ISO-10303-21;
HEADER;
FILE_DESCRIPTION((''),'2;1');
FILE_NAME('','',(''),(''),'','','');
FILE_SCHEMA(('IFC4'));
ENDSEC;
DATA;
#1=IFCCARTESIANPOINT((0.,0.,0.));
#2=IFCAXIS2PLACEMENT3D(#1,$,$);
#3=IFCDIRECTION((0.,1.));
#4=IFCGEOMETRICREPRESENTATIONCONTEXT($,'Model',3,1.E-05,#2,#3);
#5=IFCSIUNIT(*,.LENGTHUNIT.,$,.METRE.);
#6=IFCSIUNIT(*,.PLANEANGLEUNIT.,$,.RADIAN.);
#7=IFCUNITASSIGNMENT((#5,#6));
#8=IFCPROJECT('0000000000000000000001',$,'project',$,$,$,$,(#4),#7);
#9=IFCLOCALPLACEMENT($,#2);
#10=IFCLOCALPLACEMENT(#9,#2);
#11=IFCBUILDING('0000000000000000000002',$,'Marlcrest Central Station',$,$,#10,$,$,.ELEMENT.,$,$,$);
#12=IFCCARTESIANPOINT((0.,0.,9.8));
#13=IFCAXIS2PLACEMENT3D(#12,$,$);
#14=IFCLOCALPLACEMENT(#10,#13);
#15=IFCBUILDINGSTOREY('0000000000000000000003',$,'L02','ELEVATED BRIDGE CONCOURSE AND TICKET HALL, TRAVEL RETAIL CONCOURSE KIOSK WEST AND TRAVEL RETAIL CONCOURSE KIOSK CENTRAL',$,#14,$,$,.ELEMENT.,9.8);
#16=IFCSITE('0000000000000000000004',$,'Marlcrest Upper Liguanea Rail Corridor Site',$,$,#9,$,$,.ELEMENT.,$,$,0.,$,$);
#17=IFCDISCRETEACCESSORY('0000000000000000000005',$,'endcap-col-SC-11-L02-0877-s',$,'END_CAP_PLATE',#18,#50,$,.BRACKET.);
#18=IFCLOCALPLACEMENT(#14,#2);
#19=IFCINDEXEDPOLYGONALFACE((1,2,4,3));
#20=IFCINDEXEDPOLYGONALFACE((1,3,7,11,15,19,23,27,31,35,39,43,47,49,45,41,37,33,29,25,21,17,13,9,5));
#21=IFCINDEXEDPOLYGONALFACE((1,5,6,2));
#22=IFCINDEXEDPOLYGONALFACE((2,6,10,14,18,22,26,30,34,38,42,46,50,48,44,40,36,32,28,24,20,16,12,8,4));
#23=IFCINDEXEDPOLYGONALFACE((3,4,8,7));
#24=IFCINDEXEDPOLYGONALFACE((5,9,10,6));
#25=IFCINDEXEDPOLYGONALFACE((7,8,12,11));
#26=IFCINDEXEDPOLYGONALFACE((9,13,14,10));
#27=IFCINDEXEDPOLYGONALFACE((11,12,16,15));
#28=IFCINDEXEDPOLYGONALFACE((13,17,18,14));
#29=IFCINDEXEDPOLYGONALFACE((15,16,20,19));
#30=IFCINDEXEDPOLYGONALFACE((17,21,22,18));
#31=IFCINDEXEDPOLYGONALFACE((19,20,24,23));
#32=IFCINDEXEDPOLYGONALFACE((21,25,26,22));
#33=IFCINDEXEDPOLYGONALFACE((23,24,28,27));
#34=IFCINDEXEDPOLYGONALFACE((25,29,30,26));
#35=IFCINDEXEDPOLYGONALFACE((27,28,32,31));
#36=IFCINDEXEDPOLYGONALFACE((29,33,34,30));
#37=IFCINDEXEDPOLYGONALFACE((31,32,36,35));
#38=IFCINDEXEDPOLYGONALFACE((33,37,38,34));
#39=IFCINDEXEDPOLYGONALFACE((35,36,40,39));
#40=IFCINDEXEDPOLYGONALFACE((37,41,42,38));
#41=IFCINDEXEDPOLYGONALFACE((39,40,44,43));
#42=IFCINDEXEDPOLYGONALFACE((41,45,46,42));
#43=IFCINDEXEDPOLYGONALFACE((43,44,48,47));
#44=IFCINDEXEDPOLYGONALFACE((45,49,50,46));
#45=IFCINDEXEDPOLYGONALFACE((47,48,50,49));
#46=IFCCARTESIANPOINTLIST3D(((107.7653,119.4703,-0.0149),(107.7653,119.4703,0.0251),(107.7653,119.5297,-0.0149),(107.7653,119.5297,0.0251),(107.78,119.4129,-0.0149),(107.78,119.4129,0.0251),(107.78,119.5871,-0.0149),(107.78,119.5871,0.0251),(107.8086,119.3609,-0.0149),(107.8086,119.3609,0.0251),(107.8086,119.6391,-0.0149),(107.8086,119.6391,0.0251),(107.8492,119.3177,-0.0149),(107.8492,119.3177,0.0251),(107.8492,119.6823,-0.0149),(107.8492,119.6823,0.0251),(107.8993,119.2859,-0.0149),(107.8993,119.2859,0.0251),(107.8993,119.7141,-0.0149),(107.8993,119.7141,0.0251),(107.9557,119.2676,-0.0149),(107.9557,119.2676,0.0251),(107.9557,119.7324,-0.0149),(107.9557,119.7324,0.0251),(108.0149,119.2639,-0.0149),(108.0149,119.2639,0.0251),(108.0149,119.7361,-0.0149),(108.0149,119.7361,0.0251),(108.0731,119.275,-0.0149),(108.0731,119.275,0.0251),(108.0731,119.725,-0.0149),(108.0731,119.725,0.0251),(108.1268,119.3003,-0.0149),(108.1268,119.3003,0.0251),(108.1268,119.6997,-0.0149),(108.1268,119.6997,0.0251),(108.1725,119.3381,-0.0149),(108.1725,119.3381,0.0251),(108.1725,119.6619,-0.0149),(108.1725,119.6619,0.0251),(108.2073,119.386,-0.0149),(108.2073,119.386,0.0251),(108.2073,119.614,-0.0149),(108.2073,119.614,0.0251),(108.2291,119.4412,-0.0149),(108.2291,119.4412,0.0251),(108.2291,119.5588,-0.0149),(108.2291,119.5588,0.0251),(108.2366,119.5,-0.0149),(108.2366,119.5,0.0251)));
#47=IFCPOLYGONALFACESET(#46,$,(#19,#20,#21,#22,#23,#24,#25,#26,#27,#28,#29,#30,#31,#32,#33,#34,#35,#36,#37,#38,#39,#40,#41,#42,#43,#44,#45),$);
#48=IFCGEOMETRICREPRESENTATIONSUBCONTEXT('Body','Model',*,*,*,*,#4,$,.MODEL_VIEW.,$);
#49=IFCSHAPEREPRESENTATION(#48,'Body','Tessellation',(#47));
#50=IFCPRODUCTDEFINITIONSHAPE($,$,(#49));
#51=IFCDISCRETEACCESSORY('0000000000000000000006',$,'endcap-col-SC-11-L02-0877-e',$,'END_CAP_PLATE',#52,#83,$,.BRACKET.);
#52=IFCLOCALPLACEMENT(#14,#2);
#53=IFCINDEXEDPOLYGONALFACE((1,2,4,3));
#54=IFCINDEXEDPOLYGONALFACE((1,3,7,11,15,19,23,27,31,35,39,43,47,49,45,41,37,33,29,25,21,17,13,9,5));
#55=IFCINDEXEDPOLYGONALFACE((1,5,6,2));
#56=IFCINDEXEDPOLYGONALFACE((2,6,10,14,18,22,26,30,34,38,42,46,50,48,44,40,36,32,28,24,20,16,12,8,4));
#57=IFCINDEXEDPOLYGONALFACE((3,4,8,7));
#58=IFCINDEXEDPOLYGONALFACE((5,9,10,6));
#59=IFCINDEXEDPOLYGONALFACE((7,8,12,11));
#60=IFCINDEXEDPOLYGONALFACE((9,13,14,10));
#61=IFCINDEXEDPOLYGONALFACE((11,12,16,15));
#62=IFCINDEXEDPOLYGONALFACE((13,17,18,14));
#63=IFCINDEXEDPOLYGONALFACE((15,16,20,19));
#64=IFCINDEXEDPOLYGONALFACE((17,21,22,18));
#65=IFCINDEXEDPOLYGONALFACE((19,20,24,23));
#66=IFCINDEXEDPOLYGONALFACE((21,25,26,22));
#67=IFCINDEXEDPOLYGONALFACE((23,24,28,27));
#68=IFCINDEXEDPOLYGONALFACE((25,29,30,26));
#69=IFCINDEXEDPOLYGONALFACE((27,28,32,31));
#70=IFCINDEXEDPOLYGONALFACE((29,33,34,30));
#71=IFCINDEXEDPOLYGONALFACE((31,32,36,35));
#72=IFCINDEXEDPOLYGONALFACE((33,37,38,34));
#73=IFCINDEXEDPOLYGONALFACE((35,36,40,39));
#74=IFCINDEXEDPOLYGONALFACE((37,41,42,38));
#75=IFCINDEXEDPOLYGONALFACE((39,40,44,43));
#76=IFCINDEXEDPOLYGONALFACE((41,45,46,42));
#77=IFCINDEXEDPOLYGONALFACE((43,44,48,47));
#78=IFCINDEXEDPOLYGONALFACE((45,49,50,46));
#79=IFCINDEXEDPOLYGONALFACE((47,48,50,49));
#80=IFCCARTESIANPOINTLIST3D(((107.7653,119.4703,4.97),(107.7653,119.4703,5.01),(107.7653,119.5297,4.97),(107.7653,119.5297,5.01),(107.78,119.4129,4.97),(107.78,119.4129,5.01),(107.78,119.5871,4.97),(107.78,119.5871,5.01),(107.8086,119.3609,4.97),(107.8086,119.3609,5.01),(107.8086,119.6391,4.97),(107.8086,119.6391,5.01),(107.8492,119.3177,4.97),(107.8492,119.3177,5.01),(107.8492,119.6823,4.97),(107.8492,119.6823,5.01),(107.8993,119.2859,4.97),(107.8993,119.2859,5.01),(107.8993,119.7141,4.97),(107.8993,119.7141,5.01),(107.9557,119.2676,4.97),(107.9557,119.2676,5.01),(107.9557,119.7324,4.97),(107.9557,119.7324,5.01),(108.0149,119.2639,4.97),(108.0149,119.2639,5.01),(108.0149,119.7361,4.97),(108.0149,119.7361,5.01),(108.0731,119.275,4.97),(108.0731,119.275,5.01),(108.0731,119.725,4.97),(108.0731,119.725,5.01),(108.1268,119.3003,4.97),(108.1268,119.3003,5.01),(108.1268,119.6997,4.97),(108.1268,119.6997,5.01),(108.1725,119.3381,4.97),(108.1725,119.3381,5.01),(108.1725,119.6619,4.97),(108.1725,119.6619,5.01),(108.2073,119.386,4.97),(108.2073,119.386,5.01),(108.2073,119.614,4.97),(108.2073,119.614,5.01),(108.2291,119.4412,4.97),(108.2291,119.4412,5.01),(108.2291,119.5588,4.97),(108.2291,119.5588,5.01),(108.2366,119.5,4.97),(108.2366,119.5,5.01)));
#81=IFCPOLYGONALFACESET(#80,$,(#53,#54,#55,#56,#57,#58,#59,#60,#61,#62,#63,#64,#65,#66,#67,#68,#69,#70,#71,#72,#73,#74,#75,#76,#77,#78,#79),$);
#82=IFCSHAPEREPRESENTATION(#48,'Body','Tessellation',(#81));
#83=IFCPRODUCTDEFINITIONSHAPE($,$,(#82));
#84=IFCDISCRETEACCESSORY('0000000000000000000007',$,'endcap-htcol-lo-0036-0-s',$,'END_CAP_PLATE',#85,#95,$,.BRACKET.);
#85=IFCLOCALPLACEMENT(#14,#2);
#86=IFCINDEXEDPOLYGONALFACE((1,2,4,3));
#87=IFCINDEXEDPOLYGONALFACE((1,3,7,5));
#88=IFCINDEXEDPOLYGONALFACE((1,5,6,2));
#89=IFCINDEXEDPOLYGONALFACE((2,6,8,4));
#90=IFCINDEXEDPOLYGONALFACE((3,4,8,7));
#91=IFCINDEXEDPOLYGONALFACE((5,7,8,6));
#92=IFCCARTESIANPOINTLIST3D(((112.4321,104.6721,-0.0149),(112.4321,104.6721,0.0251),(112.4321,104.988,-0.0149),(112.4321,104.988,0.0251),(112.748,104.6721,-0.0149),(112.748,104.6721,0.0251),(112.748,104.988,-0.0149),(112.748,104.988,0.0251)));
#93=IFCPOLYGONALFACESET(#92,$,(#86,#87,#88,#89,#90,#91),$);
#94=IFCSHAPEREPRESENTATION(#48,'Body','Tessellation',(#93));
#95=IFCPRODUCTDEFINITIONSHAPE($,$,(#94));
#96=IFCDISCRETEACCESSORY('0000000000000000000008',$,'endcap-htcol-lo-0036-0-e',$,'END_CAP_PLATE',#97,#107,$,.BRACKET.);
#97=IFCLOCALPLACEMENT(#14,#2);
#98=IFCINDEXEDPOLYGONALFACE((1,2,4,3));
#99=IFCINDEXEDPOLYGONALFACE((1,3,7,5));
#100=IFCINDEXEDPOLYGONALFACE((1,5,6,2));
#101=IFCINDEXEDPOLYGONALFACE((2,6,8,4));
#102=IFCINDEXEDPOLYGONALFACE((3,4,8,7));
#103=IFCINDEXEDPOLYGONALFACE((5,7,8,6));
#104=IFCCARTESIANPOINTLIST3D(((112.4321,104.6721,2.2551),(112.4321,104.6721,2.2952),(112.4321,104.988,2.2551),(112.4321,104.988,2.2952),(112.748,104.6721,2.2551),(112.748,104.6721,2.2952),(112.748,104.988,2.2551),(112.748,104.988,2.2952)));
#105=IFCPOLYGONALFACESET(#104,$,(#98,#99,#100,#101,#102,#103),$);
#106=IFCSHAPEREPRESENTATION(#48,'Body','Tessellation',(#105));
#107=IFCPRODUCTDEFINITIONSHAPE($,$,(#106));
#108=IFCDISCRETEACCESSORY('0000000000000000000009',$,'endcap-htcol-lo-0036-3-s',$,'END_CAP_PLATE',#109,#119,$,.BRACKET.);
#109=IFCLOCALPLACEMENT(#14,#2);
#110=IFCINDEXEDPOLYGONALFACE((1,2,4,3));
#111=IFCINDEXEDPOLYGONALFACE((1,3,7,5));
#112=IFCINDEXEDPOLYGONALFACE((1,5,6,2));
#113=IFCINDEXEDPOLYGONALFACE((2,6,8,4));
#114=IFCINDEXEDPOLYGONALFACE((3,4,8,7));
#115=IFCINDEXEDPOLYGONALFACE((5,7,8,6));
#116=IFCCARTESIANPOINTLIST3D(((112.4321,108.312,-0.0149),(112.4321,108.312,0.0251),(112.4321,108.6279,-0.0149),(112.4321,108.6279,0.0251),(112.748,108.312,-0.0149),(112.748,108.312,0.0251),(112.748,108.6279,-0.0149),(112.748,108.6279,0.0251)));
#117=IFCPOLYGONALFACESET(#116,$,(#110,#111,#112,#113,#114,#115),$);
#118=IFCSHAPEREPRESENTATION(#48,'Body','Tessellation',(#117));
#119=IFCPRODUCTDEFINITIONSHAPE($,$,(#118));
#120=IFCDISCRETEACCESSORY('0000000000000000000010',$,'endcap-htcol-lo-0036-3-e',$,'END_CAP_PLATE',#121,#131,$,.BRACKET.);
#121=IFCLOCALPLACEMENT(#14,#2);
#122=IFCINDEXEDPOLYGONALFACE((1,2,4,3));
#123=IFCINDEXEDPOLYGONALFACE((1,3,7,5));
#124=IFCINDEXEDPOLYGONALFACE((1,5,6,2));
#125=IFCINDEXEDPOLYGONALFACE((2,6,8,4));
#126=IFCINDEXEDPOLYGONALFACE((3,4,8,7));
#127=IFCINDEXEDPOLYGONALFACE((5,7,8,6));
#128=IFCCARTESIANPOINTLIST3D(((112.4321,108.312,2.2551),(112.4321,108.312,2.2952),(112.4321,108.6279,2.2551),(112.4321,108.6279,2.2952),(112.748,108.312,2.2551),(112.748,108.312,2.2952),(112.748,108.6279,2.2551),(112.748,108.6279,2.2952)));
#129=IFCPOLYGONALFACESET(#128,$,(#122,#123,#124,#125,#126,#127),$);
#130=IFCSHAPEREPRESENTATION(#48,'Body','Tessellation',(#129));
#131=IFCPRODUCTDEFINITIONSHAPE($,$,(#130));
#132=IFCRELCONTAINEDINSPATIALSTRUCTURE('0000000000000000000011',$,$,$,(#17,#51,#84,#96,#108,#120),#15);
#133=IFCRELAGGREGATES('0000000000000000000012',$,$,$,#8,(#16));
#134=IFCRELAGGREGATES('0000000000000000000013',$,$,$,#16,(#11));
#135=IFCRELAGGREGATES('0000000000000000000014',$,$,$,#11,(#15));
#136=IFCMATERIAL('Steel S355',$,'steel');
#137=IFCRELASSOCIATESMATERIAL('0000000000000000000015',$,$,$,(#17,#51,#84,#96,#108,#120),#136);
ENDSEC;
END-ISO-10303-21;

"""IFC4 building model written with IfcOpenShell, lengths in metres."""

from ifc_helpers import new_model, si_unit, direction, frame, origin, origin_2d, place, context, subcontext, project, spatial, rectangle, circle, extrude, material, element, save


model = new_model("IFC4")

# Units and contexts
model_context = context("Model", 3, precision=1e-05, world=origin(), true_north=direction((0.0, 1.0)))
body_context = subcontext(model_context, "Body", "Model", "MODEL_VIEW")
ifc_project = project(units=[si_unit("LENGTHUNIT", "METRE"), si_unit("PLANEANGLEUNIT", "RADIAN")], contexts=[model_context])

# Site, building, storey
site_placement = place(None, origin())
site = spatial("IfcSite", under=ifc_project, at=site_placement, Name="Marlcrest Upper Liguanea Rail Corridor Site", CompositionType="ELEMENT", RefElevation=0.0)
building_placement = place(site_placement, origin())
building = spatial("IfcBuilding", under=site, at=building_placement, Name="Marlcrest Central Station", CompositionType="ELEMENT")
storey_placement = place(building_placement, frame((0.0, 0.0, 9.8)))
storey = spatial("IfcBuildingStorey", under=building, at=storey_placement, Name="L02", Description="ELEVATED BRIDGE CONCOURSE AND TICKET HALL, TRAVEL RETAIL CONCOURSE KIOSK WEST AND TRAVEL RETAIL CONCOURSE KIOSK CENTRAL", CompositionType="ELEMENT", Elevation=9.8)

# Shared definitions
ifc_material_1 = material(Name="Steel S355", Category="steel")

# Discrete accessories
for number, where, z_axis, x_axis, name in (
    (1, (108.0, 119.5, -0.0149), (0.0, 0.0, 1.0), (1.0, 0.0, 0.0), "endcap-col-SC-11-L02-0877-s"),
    (2, (108.0, 119.5, 4.97), (0.0, 0.0, 1.0), (1.0, 0.0, 0.0), "endcap-col-SC-11-L02-0877-e"),
):
    element("IfcDiscreteAccessory", number, at=place(storey_placement, frame(where, z_axis=z_axis, x_axis=x_axis)), inside=storey, material=ifc_material_1, Name=name, ObjectType="END_CAP_PLATE", PredefinedType="BRACKET", context=body_context, shape_type="SweptSolid", body=[
        extrude(circle(Radius=0.2366, at=origin_2d()), origin(), (0.0, 0.0, 1.0), 0.04),
    ])
for number, where, z_axis, x_axis, name in (
    (3, (112.5901, 104.8301, -0.0149), (0.0, 0.0, 1.0), (1.0, 0.0, 0.0), "endcap-htcol-lo-0036-0-s"),
    (4, (112.5901, 104.8301, 2.2551), (0.0, 0.0, 1.0), (1.0, 0.0, 0.0), "endcap-htcol-lo-0036-0-e"),
    (5, (112.5901, 108.47, -0.0149), (0.0, 0.0, 1.0), (1.0, 0.0, 0.0), "endcap-htcol-lo-0036-3-s"),
    (6, (112.5901, 108.47, 2.2551), (0.0, 0.0, 1.0), (1.0, 0.0, 0.0), "endcap-htcol-lo-0036-3-e"),
):
    element("IfcDiscreteAccessory", number, at=place(storey_placement, frame(where, z_axis=z_axis, x_axis=x_axis)), inside=storey, material=ifc_material_1, Name=name, ObjectType="END_CAP_PLATE", PredefinedType="BRACKET", context=body_context, shape_type="SweptSolid", body=[
        extrude(rectangle(XDim=0.3159, YDim=0.3159, at=origin_2d()), origin(), (0.0, 0.0, 1.0), 0.04),
    ])

save(model, "model.ifc")
